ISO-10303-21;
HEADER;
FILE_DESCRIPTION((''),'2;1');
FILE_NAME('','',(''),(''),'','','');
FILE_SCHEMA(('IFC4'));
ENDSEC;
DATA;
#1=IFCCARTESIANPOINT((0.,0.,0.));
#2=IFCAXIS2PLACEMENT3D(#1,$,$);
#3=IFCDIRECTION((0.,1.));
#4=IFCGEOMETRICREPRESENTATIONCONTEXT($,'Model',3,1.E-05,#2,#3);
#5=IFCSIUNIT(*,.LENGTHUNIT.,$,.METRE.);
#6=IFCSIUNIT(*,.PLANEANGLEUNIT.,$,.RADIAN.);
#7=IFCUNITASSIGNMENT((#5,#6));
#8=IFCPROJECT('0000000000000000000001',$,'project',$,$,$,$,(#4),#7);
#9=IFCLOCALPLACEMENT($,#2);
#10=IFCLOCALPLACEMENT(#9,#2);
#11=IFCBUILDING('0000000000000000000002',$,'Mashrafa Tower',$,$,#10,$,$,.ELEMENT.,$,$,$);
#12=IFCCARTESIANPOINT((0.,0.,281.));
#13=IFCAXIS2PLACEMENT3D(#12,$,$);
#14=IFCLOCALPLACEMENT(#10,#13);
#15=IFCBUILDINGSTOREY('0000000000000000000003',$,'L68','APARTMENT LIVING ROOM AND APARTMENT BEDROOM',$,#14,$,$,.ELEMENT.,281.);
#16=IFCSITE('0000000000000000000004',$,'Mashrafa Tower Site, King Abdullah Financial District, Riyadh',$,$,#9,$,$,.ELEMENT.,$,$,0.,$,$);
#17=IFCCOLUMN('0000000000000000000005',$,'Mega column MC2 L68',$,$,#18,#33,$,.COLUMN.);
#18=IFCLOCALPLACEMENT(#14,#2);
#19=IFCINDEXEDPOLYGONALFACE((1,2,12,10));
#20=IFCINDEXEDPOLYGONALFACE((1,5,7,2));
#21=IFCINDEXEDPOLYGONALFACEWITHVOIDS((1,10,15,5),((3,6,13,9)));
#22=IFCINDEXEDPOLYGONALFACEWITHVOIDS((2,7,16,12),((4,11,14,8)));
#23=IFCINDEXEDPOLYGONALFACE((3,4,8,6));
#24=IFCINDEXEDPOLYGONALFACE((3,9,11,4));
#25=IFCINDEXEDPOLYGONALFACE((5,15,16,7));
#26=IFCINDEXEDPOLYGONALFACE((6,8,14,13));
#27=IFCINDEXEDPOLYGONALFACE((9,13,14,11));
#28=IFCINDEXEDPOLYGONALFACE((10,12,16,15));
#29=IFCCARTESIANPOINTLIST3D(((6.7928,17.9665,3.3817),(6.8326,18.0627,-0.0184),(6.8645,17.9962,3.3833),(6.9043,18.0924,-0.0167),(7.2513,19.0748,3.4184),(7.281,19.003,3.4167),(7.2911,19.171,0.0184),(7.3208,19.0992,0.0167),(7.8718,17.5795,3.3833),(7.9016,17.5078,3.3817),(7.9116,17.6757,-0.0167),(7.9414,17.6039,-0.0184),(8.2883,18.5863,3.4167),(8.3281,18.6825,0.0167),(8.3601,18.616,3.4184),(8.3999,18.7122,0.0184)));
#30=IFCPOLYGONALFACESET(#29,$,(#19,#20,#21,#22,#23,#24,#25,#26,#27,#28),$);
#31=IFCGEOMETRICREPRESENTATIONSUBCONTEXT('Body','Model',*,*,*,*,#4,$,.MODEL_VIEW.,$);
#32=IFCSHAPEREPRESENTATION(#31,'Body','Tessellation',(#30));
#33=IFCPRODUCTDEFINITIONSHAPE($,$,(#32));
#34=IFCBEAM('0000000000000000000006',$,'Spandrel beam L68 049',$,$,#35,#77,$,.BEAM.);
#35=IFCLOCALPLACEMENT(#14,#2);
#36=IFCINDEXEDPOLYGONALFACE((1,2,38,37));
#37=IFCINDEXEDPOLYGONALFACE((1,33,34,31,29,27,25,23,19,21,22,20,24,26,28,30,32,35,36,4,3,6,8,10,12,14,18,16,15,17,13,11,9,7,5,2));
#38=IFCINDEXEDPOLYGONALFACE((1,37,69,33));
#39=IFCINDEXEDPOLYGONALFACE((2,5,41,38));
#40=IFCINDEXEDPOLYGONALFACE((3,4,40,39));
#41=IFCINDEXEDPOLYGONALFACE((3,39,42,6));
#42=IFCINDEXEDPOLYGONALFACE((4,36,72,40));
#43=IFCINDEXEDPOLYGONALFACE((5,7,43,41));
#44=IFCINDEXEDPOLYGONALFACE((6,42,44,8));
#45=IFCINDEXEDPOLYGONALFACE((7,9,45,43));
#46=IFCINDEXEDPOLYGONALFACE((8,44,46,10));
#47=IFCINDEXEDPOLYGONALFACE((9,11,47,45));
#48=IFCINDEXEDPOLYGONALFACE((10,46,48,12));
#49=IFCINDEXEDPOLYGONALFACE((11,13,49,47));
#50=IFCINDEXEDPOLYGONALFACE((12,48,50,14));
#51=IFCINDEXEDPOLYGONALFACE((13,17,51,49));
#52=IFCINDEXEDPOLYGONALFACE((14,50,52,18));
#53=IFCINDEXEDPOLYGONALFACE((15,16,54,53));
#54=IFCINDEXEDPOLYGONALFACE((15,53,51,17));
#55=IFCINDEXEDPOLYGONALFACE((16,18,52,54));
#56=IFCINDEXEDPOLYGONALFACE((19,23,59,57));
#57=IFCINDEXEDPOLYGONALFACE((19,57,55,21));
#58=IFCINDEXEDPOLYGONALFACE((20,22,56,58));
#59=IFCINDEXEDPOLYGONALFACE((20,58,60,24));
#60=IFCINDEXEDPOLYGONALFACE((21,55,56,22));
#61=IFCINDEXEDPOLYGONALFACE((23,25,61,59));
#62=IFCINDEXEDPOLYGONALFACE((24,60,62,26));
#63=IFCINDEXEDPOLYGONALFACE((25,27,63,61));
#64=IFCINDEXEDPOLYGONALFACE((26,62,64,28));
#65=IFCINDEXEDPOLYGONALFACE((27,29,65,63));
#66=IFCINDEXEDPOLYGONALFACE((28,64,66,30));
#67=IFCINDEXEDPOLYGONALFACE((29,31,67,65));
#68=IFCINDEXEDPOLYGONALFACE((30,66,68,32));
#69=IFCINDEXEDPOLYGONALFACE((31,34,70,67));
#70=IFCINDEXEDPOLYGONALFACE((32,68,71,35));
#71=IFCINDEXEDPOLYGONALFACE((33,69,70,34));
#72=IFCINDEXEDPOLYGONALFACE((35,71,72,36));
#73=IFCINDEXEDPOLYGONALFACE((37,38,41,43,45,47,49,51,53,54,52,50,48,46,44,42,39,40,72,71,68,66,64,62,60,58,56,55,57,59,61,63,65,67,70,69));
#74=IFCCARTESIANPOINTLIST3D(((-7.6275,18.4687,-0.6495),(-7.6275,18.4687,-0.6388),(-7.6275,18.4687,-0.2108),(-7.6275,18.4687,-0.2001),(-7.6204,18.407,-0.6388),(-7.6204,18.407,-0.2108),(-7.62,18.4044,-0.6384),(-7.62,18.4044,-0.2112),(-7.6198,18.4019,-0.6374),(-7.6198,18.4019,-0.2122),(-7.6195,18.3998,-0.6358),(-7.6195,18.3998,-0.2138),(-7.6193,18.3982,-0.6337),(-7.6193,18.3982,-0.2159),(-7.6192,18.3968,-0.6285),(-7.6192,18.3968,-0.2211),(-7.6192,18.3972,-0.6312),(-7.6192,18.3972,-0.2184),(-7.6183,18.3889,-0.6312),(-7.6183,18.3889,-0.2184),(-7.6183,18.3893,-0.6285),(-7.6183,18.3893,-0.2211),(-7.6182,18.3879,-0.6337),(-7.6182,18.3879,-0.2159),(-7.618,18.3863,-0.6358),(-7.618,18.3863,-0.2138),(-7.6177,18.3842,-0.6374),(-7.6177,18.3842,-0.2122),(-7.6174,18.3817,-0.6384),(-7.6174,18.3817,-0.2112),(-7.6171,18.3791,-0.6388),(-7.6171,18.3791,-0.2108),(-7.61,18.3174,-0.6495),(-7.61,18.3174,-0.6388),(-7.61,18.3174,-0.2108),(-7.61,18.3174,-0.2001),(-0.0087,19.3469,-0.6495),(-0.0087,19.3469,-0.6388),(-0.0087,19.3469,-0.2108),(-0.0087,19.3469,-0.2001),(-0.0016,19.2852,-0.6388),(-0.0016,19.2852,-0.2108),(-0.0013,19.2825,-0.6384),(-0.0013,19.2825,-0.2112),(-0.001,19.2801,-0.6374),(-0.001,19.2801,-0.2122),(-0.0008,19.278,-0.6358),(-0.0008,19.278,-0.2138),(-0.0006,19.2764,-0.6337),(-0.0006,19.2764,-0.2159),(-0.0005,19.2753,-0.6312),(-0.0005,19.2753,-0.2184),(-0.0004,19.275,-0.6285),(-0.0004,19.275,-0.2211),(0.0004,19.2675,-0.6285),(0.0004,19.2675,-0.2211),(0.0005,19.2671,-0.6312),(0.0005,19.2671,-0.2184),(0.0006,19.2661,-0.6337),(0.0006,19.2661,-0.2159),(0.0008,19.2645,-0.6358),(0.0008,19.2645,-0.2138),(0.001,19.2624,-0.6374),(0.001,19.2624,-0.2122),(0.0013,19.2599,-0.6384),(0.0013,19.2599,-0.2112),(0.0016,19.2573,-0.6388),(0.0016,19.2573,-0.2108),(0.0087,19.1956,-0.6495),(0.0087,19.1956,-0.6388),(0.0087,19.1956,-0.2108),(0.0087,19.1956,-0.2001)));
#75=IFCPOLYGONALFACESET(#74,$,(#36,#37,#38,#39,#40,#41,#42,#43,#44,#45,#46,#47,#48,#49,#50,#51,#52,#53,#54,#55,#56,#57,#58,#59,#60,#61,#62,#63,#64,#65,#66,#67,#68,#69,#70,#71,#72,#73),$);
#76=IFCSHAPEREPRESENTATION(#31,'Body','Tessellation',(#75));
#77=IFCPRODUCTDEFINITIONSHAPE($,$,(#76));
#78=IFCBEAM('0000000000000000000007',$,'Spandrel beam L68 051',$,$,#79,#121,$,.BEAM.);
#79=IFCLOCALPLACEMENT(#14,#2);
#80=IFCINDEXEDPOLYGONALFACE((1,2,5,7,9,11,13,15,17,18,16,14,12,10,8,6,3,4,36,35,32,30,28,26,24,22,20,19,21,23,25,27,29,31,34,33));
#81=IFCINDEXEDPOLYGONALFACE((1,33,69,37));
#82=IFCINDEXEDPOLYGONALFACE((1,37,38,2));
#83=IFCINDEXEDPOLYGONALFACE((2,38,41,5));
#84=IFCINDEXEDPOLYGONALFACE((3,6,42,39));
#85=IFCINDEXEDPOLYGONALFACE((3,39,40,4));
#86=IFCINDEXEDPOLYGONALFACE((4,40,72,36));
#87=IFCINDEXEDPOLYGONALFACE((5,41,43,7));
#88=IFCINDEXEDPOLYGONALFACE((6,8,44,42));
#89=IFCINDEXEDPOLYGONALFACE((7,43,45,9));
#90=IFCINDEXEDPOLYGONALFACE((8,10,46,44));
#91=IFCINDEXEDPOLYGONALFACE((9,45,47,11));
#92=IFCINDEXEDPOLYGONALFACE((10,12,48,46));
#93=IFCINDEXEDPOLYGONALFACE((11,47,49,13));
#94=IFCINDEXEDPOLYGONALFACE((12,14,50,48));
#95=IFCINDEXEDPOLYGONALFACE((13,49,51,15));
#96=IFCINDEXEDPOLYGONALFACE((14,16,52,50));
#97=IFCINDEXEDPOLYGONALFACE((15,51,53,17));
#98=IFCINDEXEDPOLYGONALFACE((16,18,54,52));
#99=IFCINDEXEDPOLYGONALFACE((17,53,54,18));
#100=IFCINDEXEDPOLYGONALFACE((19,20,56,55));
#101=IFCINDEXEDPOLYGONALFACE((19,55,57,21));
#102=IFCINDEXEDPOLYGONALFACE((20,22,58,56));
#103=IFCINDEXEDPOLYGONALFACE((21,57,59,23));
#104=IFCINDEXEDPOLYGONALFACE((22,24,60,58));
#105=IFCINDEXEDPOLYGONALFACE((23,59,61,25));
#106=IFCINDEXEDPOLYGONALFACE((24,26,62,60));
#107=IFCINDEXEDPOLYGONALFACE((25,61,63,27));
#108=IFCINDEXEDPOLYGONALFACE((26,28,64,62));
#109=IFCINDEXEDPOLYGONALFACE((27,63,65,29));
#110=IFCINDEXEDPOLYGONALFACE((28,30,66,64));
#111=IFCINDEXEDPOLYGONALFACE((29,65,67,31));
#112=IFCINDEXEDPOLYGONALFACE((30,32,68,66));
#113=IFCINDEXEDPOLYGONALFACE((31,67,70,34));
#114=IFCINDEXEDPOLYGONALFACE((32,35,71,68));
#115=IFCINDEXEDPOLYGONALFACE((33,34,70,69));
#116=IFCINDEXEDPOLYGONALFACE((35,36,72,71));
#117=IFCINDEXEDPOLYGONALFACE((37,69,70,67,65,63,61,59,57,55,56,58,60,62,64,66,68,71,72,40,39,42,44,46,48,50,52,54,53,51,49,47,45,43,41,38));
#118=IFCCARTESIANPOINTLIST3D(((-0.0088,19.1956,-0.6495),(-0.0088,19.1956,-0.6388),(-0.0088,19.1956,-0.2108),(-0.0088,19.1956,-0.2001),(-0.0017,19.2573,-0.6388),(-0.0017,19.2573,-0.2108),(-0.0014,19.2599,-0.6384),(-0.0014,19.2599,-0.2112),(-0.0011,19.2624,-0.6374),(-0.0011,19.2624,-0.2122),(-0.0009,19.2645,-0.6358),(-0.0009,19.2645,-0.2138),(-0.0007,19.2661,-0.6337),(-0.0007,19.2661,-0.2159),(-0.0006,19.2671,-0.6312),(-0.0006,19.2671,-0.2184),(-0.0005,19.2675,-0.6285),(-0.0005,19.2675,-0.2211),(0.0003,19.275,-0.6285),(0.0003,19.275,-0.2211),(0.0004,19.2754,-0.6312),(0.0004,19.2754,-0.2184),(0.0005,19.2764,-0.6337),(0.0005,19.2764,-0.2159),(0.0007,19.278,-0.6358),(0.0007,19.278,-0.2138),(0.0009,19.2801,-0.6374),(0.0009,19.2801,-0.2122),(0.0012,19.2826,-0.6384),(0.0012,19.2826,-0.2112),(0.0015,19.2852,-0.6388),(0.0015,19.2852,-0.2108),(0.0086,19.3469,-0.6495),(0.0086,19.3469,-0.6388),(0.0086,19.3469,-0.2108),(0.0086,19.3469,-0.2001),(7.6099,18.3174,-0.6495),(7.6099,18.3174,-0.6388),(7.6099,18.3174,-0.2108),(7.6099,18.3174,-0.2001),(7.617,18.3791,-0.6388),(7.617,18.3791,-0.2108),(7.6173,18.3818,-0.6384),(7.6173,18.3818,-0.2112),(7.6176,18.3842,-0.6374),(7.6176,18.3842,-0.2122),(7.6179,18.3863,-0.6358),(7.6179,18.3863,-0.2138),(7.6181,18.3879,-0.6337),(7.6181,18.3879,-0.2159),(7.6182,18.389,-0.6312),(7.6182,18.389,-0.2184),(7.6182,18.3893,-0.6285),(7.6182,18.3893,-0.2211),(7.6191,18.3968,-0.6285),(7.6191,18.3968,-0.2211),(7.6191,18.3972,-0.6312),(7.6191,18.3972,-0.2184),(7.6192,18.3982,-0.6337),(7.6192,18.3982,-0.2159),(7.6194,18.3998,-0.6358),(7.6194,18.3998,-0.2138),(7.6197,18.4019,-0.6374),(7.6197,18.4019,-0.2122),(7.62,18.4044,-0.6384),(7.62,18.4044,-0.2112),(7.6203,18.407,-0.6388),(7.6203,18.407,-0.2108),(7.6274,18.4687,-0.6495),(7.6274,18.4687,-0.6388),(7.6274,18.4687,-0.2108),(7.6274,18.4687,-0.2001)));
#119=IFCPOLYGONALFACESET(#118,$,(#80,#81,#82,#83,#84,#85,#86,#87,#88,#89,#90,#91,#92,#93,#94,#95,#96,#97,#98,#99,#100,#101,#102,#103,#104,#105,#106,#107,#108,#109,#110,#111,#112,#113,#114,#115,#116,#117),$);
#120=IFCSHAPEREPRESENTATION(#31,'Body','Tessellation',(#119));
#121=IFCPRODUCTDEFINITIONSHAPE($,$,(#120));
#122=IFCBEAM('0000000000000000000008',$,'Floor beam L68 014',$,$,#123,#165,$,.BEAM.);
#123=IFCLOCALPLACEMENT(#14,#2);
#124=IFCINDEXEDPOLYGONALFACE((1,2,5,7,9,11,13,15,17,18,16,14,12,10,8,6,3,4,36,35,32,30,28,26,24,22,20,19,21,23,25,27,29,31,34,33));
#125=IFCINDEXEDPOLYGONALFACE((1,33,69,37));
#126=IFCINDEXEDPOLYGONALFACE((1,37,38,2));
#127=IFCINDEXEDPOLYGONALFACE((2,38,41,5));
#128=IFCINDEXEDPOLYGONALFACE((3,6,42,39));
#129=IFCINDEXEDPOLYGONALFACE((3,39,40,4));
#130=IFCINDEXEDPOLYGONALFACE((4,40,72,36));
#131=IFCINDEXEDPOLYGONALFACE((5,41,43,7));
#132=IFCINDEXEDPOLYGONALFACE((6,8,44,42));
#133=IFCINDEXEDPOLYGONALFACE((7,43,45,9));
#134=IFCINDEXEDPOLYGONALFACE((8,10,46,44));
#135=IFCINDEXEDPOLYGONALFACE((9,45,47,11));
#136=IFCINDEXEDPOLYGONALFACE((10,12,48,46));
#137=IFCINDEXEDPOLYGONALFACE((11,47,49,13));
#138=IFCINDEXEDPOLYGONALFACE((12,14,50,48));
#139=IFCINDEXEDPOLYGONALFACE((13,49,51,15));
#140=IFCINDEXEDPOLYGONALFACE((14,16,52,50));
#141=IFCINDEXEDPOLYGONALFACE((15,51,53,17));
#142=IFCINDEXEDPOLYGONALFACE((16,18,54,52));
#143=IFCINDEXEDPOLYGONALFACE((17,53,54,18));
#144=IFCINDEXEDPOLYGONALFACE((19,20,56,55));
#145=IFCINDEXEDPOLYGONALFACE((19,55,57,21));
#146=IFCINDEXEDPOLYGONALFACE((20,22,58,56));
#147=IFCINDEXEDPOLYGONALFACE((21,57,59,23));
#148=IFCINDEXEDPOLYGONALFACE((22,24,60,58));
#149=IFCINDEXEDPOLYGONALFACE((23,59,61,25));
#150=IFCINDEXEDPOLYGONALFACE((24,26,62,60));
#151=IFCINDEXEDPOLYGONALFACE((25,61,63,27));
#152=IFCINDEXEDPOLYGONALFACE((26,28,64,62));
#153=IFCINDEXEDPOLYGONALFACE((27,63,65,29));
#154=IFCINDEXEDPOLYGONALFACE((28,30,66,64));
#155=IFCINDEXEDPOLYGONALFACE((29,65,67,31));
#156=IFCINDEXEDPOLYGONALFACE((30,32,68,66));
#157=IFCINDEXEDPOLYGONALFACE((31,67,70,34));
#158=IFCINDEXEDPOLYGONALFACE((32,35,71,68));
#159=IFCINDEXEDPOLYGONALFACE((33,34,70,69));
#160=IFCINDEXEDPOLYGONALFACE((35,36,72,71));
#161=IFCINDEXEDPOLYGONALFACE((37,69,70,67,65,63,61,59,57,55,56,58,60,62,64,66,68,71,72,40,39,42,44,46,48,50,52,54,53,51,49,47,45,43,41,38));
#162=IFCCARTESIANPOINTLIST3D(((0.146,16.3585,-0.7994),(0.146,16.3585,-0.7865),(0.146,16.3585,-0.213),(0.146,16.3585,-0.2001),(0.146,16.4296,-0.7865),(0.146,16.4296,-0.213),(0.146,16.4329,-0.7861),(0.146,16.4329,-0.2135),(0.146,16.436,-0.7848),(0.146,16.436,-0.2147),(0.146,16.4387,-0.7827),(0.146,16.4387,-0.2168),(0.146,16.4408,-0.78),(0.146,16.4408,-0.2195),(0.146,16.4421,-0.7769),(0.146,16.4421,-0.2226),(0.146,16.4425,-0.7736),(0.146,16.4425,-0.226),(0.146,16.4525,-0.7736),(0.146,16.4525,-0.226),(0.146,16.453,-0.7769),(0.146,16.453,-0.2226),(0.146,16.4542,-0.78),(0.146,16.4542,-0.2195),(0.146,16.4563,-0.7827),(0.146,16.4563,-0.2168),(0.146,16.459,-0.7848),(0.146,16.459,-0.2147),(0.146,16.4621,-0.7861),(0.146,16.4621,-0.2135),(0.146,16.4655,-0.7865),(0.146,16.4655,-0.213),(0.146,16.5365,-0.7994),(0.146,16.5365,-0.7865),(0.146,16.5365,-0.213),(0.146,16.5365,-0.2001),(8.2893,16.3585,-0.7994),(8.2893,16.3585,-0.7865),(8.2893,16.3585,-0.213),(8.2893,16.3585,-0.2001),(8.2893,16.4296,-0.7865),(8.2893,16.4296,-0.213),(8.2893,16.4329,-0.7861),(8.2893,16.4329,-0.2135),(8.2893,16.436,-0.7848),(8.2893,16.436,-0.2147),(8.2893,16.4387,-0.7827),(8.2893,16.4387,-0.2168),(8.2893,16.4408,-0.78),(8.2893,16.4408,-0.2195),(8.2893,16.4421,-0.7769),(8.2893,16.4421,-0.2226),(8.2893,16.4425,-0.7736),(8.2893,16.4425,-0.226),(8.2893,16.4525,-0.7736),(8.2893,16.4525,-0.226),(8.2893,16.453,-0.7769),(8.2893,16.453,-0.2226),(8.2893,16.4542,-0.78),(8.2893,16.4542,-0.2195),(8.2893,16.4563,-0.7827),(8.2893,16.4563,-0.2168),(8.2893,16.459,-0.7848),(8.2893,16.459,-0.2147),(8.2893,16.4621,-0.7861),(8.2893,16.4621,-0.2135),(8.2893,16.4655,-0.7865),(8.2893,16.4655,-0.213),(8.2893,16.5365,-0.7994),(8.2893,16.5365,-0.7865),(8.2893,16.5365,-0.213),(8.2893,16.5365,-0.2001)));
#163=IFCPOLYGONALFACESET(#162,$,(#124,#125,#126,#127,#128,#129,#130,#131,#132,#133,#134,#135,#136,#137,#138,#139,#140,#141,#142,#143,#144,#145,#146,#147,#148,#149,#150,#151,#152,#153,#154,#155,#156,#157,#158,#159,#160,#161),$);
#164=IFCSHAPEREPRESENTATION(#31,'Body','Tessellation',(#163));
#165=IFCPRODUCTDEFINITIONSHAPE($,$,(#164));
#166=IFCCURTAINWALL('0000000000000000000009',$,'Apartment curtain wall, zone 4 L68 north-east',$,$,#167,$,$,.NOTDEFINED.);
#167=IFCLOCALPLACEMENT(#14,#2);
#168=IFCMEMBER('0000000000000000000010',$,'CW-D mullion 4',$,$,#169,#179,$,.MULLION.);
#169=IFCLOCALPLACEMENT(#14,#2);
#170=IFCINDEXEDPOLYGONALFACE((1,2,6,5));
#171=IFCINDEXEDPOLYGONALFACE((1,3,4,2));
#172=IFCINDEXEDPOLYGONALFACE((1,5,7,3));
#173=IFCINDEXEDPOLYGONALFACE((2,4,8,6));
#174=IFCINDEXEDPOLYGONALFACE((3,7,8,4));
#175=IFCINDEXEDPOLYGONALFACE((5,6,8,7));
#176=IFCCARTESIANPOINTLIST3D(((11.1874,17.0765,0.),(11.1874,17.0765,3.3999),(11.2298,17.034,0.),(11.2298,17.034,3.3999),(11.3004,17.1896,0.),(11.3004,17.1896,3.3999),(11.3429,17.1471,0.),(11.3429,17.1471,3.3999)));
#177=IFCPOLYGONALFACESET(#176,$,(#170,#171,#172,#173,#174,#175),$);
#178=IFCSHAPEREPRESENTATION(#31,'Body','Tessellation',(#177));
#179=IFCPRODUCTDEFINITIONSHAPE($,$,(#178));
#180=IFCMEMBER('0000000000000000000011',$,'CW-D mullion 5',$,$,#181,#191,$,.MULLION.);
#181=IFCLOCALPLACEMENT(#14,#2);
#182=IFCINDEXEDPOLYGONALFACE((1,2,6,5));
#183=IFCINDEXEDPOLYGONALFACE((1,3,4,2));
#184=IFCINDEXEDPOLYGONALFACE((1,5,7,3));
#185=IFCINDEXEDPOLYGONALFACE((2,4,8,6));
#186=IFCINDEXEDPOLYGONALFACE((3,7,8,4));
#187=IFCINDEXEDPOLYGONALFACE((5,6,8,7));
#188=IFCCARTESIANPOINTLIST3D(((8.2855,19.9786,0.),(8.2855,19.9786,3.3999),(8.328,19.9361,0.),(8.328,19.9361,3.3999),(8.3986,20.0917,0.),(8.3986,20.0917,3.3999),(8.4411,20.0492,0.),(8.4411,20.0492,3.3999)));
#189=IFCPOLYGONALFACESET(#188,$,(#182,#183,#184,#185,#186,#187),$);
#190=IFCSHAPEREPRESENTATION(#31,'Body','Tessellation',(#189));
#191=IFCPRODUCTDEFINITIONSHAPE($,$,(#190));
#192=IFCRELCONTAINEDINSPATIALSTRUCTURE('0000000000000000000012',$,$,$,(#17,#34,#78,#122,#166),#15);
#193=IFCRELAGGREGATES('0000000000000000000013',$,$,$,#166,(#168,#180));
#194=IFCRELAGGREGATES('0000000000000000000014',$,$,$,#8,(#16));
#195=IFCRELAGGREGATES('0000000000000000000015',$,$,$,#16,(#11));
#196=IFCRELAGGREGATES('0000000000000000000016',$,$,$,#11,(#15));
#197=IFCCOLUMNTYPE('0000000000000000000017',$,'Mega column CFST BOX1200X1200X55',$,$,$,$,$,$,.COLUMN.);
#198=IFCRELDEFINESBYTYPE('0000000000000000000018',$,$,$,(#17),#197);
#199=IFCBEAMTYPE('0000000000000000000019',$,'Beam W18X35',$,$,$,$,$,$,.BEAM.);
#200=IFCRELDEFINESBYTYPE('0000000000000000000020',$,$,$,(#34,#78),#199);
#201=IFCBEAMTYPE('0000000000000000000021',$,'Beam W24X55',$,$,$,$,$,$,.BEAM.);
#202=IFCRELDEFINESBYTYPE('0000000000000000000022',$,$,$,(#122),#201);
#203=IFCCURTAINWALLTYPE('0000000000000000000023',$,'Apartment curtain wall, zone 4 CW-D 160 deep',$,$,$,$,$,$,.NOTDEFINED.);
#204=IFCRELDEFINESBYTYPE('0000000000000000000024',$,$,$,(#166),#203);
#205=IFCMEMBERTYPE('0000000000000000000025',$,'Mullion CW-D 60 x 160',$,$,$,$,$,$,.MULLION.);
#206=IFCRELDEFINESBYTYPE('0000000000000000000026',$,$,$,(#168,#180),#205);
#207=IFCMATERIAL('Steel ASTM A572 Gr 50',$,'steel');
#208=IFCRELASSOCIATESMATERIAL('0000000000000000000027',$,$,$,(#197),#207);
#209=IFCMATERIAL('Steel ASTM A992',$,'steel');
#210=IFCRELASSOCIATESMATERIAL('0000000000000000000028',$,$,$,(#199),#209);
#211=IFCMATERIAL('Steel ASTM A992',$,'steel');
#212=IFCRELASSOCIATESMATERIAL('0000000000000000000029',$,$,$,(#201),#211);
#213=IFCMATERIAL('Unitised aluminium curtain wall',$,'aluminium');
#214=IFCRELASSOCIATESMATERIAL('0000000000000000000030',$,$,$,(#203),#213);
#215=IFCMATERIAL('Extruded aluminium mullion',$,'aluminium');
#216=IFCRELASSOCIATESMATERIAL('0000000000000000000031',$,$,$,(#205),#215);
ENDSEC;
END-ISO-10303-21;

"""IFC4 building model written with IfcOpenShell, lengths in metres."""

from ifc_helpers import new_model, si_unit, direction, frame, origin, origin_2d, place, context, subcontext, project, spatial, rectangle, hollow_rectangle, i_section, extrude, source, transform, mapped, material, material_profile, profile_set, type_object, type_shapes, element, aggregate, save


model = new_model("IFC4")

# Units and contexts
model_context = context("Model", 3, precision=1e-05, world=origin(), true_north=direction((0.0, 1.0)))
body_context = subcontext(model_context, "Body", "Model", "MODEL_VIEW")
ifc_project = project(units=[si_unit("LENGTHUNIT", "METRE"), si_unit("PLANEANGLEUNIT", "RADIAN")], contexts=[model_context])

# Site, building, storey
site_placement = place(None, origin())
site = spatial("IfcSite", under=ifc_project, at=site_placement, Name="Mashrafa Tower Site, King Abdullah Financial District, Riyadh", CompositionType="ELEMENT", RefElevation=0.0)
building_placement = place(site_placement, origin())
building = spatial("IfcBuilding", under=site, at=building_placement, Name="Mashrafa Tower", CompositionType="ELEMENT")
storey_placement = place(building_placement, frame((0.0, 0.0, 281.0)))
storey = spatial("IfcBuildingStorey", under=building, at=storey_placement, Name="L68", Description="APARTMENT LIVING ROOM AND APARTMENT BEDROOM", CompositionType="ELEMENT", Elevation=281.0)

# Column
ifc_material_1 = material(Name="Steel ASTM A572 Gr 50", Category="steel")
ifc_material_profile_1 = material_profile(ifc_material_1, hollow_rectangle(XDim=1.2, YDim=1.2, WallThickness=0.0549, at=origin_2d()), Name="BOX1200X1200X55")
ifc_profile_set_1 = profile_set([ifc_material_profile_1], Name="Steel ASTM A572 Gr 50")
column_type = type_object("IfcColumnType", Name="Mega column CFST BOX1200X1200X55", PredefinedType="COLUMN", material=ifc_profile_set_1)
column_placement = place(storey_placement, frame((7.6162, 18.3875, 0.0), z_axis=(-0.011699, -0.028279, 0.999532), x_axis=(0.924045, -0.382283, 0.0)))
element("IfcColumn", 1, at=column_placement, inside=storey, type_object=column_type, Name="Mega column MC2 L68", PredefinedType="COLUMN", context=body_context, shape_type="SweptSolid", body=[
    extrude(hollow_rectangle(XDim=1.2, YDim=1.2, WallThickness=0.0549, at=origin_2d()), origin(), (0.0, 0.0, 1.0), 3.4016),
])

# Beams
ifc_material_2 = material(Name="Steel ASTM A992", Category="steel")
ifc_material_profile_2 = material_profile(ifc_material_2, i_section(OverallWidth=0.1523, OverallDepth=0.4495, WebThickness=0.0076, FlangeThickness=0.0107, FilletRadius=0.0103, at=origin_2d()), Name="W18X35")
ifc_profile_set_2 = profile_set([ifc_material_profile_2], Name="Steel ASTM A992")
beam_type_1 = type_object("IfcBeamType", Name="Beam W18X35", PredefinedType="BEAM", material=ifc_profile_set_2)
for number, where, z_axis, x_axis, name in (
    (2, (0.0, 19.2712, -0.4248), (-0.993422, -0.114508, 0.0), (0.114508, -0.993422, 0.0), "Spandrel beam L68 049"),
    (3, (7.6187, 18.3931, -0.4248), (-0.993422, 0.114508, 0.0), (-0.114508, -0.993422, 0.0), "Spandrel beam L68 051"),
):
    element("IfcBeam", number, at=place(storey_placement, frame(where, z_axis=z_axis, x_axis=x_axis)), inside=storey, type_object=beam_type_1, Name=name, PredefinedType="BEAM", context=body_context, shape_type="SweptSolid", body=[
        extrude(i_section(OverallWidth=0.1523, OverallDepth=0.4495, WebThickness=0.0076, FlangeThickness=0.0107, FilletRadius=0.0103, at=origin_2d()), origin(), (0.0, 0.0, 1.0), 7.6692),
    ])
ifc_material_3 = material(Name="Steel ASTM A992", Category="steel")
ifc_material_profile_3 = material_profile(ifc_material_3, i_section(OverallWidth=0.178, OverallDepth=0.5994, WebThickness=0.01, FlangeThickness=0.0129, FilletRadius=0.0129, at=origin_2d()), Name="W24X55")
ifc_profile_set_3 = profile_set([ifc_material_profile_3], Name="Steel ASTM A992")
beam_type_2 = type_object("IfcBeamType", Name="Beam W24X55", PredefinedType="BEAM", material=ifc_profile_set_3)
beam_placement = place(storey_placement, frame((0.146, 16.4475, -0.4998), z_axis=(1.0, 0.0, 0.0), x_axis=(0.0, 1.0, 0.0)))
element("IfcBeam", 4, at=beam_placement, inside=storey, type_object=beam_type_2, Name="Floor beam L68 014", PredefinedType="BEAM", context=body_context, shape_type="SweptSolid", body=[
    extrude(i_section(OverallWidth=0.178, OverallDepth=0.5994, WebThickness=0.01, FlangeThickness=0.0129, FilletRadius=0.0129, at=origin_2d()), origin(), (0.0, 0.0, 1.0), 8.1433),
])

# Curtain wall, members
ifc_material_4 = material(Name="Unitised aluminium curtain wall", Category="aluminium")
curtain_wall_type = type_object("IfcCurtainWallType", Name="Apartment curtain wall, zone 4 CW-D 160 deep", PredefinedType="NOTDEFINED", material=ifc_material_4)
curtain_wall_1_placement = place(storey_placement, origin())
curtain_wall_1 = element("IfcCurtainWall", 5, at=curtain_wall_1_placement, inside=storey, type_object=curtain_wall_type, Name="Apartment curtain wall, zone 4 L68 north-east", PredefinedType="NOTDEFINED")
ifc_material_5 = material(Name="Extruded aluminium mullion", Category="aluminium")
ifc_material_profile_4 = material_profile(ifc_material_5, rectangle(XDim=0.1599, YDim=0.0601, at=origin_2d()), Name="Mullion 60x160")
ifc_profile_set_4 = profile_set([ifc_material_profile_4], Name="Extruded aluminium mullion")
member_type_1 = type_object("IfcMemberType", Name="Mullion CW-D 60 x 160", PredefinedType="MULLION", material=ifc_profile_set_4)
shared_shape_1 = source(origin(), body_context, "Body", "SweptSolid", [
    extrude(rectangle(XDim=0.1599, YDim=0.0601, at=origin_2d()), origin(), (0.0, 0.0, 1.0), 3.3999),
])
type_shapes(member_type_1, [shared_shape_1])
member_1_placement = place(storey_placement, frame((11.2651, 17.1118, 0.0), z_axis=(0.0, 0.0, 1.0), x_axis=(-0.707107, -0.707107, 0.0)))
member_1 = element("IfcMember", 6, at=member_1_placement, type_object=member_type_1, Name="CW-D mullion 4", PredefinedType="MULLION", context=body_context, shape_type="MappedRepresentation", body=[
    mapped(shared_shape_1, transform((0.0, 0.0, 0.0))),
])
member_2_placement = place(storey_placement, frame((8.3633, 20.0139, 0.0), z_axis=(0.0, 0.0, 1.0), x_axis=(-0.707107, -0.707107, 0.0)))
member_2 = element("IfcMember", 7, at=member_2_placement, type_object=member_type_1, Name="CW-D mullion 5", PredefinedType="MULLION", context=body_context, shape_type="MappedRepresentation", body=[
    mapped(shared_shape_1, transform((0.0, 0.0, 0.0))),
])

aggregate(curtain_wall_1, [member_1, member_2])

save(model, "model.ifc")
